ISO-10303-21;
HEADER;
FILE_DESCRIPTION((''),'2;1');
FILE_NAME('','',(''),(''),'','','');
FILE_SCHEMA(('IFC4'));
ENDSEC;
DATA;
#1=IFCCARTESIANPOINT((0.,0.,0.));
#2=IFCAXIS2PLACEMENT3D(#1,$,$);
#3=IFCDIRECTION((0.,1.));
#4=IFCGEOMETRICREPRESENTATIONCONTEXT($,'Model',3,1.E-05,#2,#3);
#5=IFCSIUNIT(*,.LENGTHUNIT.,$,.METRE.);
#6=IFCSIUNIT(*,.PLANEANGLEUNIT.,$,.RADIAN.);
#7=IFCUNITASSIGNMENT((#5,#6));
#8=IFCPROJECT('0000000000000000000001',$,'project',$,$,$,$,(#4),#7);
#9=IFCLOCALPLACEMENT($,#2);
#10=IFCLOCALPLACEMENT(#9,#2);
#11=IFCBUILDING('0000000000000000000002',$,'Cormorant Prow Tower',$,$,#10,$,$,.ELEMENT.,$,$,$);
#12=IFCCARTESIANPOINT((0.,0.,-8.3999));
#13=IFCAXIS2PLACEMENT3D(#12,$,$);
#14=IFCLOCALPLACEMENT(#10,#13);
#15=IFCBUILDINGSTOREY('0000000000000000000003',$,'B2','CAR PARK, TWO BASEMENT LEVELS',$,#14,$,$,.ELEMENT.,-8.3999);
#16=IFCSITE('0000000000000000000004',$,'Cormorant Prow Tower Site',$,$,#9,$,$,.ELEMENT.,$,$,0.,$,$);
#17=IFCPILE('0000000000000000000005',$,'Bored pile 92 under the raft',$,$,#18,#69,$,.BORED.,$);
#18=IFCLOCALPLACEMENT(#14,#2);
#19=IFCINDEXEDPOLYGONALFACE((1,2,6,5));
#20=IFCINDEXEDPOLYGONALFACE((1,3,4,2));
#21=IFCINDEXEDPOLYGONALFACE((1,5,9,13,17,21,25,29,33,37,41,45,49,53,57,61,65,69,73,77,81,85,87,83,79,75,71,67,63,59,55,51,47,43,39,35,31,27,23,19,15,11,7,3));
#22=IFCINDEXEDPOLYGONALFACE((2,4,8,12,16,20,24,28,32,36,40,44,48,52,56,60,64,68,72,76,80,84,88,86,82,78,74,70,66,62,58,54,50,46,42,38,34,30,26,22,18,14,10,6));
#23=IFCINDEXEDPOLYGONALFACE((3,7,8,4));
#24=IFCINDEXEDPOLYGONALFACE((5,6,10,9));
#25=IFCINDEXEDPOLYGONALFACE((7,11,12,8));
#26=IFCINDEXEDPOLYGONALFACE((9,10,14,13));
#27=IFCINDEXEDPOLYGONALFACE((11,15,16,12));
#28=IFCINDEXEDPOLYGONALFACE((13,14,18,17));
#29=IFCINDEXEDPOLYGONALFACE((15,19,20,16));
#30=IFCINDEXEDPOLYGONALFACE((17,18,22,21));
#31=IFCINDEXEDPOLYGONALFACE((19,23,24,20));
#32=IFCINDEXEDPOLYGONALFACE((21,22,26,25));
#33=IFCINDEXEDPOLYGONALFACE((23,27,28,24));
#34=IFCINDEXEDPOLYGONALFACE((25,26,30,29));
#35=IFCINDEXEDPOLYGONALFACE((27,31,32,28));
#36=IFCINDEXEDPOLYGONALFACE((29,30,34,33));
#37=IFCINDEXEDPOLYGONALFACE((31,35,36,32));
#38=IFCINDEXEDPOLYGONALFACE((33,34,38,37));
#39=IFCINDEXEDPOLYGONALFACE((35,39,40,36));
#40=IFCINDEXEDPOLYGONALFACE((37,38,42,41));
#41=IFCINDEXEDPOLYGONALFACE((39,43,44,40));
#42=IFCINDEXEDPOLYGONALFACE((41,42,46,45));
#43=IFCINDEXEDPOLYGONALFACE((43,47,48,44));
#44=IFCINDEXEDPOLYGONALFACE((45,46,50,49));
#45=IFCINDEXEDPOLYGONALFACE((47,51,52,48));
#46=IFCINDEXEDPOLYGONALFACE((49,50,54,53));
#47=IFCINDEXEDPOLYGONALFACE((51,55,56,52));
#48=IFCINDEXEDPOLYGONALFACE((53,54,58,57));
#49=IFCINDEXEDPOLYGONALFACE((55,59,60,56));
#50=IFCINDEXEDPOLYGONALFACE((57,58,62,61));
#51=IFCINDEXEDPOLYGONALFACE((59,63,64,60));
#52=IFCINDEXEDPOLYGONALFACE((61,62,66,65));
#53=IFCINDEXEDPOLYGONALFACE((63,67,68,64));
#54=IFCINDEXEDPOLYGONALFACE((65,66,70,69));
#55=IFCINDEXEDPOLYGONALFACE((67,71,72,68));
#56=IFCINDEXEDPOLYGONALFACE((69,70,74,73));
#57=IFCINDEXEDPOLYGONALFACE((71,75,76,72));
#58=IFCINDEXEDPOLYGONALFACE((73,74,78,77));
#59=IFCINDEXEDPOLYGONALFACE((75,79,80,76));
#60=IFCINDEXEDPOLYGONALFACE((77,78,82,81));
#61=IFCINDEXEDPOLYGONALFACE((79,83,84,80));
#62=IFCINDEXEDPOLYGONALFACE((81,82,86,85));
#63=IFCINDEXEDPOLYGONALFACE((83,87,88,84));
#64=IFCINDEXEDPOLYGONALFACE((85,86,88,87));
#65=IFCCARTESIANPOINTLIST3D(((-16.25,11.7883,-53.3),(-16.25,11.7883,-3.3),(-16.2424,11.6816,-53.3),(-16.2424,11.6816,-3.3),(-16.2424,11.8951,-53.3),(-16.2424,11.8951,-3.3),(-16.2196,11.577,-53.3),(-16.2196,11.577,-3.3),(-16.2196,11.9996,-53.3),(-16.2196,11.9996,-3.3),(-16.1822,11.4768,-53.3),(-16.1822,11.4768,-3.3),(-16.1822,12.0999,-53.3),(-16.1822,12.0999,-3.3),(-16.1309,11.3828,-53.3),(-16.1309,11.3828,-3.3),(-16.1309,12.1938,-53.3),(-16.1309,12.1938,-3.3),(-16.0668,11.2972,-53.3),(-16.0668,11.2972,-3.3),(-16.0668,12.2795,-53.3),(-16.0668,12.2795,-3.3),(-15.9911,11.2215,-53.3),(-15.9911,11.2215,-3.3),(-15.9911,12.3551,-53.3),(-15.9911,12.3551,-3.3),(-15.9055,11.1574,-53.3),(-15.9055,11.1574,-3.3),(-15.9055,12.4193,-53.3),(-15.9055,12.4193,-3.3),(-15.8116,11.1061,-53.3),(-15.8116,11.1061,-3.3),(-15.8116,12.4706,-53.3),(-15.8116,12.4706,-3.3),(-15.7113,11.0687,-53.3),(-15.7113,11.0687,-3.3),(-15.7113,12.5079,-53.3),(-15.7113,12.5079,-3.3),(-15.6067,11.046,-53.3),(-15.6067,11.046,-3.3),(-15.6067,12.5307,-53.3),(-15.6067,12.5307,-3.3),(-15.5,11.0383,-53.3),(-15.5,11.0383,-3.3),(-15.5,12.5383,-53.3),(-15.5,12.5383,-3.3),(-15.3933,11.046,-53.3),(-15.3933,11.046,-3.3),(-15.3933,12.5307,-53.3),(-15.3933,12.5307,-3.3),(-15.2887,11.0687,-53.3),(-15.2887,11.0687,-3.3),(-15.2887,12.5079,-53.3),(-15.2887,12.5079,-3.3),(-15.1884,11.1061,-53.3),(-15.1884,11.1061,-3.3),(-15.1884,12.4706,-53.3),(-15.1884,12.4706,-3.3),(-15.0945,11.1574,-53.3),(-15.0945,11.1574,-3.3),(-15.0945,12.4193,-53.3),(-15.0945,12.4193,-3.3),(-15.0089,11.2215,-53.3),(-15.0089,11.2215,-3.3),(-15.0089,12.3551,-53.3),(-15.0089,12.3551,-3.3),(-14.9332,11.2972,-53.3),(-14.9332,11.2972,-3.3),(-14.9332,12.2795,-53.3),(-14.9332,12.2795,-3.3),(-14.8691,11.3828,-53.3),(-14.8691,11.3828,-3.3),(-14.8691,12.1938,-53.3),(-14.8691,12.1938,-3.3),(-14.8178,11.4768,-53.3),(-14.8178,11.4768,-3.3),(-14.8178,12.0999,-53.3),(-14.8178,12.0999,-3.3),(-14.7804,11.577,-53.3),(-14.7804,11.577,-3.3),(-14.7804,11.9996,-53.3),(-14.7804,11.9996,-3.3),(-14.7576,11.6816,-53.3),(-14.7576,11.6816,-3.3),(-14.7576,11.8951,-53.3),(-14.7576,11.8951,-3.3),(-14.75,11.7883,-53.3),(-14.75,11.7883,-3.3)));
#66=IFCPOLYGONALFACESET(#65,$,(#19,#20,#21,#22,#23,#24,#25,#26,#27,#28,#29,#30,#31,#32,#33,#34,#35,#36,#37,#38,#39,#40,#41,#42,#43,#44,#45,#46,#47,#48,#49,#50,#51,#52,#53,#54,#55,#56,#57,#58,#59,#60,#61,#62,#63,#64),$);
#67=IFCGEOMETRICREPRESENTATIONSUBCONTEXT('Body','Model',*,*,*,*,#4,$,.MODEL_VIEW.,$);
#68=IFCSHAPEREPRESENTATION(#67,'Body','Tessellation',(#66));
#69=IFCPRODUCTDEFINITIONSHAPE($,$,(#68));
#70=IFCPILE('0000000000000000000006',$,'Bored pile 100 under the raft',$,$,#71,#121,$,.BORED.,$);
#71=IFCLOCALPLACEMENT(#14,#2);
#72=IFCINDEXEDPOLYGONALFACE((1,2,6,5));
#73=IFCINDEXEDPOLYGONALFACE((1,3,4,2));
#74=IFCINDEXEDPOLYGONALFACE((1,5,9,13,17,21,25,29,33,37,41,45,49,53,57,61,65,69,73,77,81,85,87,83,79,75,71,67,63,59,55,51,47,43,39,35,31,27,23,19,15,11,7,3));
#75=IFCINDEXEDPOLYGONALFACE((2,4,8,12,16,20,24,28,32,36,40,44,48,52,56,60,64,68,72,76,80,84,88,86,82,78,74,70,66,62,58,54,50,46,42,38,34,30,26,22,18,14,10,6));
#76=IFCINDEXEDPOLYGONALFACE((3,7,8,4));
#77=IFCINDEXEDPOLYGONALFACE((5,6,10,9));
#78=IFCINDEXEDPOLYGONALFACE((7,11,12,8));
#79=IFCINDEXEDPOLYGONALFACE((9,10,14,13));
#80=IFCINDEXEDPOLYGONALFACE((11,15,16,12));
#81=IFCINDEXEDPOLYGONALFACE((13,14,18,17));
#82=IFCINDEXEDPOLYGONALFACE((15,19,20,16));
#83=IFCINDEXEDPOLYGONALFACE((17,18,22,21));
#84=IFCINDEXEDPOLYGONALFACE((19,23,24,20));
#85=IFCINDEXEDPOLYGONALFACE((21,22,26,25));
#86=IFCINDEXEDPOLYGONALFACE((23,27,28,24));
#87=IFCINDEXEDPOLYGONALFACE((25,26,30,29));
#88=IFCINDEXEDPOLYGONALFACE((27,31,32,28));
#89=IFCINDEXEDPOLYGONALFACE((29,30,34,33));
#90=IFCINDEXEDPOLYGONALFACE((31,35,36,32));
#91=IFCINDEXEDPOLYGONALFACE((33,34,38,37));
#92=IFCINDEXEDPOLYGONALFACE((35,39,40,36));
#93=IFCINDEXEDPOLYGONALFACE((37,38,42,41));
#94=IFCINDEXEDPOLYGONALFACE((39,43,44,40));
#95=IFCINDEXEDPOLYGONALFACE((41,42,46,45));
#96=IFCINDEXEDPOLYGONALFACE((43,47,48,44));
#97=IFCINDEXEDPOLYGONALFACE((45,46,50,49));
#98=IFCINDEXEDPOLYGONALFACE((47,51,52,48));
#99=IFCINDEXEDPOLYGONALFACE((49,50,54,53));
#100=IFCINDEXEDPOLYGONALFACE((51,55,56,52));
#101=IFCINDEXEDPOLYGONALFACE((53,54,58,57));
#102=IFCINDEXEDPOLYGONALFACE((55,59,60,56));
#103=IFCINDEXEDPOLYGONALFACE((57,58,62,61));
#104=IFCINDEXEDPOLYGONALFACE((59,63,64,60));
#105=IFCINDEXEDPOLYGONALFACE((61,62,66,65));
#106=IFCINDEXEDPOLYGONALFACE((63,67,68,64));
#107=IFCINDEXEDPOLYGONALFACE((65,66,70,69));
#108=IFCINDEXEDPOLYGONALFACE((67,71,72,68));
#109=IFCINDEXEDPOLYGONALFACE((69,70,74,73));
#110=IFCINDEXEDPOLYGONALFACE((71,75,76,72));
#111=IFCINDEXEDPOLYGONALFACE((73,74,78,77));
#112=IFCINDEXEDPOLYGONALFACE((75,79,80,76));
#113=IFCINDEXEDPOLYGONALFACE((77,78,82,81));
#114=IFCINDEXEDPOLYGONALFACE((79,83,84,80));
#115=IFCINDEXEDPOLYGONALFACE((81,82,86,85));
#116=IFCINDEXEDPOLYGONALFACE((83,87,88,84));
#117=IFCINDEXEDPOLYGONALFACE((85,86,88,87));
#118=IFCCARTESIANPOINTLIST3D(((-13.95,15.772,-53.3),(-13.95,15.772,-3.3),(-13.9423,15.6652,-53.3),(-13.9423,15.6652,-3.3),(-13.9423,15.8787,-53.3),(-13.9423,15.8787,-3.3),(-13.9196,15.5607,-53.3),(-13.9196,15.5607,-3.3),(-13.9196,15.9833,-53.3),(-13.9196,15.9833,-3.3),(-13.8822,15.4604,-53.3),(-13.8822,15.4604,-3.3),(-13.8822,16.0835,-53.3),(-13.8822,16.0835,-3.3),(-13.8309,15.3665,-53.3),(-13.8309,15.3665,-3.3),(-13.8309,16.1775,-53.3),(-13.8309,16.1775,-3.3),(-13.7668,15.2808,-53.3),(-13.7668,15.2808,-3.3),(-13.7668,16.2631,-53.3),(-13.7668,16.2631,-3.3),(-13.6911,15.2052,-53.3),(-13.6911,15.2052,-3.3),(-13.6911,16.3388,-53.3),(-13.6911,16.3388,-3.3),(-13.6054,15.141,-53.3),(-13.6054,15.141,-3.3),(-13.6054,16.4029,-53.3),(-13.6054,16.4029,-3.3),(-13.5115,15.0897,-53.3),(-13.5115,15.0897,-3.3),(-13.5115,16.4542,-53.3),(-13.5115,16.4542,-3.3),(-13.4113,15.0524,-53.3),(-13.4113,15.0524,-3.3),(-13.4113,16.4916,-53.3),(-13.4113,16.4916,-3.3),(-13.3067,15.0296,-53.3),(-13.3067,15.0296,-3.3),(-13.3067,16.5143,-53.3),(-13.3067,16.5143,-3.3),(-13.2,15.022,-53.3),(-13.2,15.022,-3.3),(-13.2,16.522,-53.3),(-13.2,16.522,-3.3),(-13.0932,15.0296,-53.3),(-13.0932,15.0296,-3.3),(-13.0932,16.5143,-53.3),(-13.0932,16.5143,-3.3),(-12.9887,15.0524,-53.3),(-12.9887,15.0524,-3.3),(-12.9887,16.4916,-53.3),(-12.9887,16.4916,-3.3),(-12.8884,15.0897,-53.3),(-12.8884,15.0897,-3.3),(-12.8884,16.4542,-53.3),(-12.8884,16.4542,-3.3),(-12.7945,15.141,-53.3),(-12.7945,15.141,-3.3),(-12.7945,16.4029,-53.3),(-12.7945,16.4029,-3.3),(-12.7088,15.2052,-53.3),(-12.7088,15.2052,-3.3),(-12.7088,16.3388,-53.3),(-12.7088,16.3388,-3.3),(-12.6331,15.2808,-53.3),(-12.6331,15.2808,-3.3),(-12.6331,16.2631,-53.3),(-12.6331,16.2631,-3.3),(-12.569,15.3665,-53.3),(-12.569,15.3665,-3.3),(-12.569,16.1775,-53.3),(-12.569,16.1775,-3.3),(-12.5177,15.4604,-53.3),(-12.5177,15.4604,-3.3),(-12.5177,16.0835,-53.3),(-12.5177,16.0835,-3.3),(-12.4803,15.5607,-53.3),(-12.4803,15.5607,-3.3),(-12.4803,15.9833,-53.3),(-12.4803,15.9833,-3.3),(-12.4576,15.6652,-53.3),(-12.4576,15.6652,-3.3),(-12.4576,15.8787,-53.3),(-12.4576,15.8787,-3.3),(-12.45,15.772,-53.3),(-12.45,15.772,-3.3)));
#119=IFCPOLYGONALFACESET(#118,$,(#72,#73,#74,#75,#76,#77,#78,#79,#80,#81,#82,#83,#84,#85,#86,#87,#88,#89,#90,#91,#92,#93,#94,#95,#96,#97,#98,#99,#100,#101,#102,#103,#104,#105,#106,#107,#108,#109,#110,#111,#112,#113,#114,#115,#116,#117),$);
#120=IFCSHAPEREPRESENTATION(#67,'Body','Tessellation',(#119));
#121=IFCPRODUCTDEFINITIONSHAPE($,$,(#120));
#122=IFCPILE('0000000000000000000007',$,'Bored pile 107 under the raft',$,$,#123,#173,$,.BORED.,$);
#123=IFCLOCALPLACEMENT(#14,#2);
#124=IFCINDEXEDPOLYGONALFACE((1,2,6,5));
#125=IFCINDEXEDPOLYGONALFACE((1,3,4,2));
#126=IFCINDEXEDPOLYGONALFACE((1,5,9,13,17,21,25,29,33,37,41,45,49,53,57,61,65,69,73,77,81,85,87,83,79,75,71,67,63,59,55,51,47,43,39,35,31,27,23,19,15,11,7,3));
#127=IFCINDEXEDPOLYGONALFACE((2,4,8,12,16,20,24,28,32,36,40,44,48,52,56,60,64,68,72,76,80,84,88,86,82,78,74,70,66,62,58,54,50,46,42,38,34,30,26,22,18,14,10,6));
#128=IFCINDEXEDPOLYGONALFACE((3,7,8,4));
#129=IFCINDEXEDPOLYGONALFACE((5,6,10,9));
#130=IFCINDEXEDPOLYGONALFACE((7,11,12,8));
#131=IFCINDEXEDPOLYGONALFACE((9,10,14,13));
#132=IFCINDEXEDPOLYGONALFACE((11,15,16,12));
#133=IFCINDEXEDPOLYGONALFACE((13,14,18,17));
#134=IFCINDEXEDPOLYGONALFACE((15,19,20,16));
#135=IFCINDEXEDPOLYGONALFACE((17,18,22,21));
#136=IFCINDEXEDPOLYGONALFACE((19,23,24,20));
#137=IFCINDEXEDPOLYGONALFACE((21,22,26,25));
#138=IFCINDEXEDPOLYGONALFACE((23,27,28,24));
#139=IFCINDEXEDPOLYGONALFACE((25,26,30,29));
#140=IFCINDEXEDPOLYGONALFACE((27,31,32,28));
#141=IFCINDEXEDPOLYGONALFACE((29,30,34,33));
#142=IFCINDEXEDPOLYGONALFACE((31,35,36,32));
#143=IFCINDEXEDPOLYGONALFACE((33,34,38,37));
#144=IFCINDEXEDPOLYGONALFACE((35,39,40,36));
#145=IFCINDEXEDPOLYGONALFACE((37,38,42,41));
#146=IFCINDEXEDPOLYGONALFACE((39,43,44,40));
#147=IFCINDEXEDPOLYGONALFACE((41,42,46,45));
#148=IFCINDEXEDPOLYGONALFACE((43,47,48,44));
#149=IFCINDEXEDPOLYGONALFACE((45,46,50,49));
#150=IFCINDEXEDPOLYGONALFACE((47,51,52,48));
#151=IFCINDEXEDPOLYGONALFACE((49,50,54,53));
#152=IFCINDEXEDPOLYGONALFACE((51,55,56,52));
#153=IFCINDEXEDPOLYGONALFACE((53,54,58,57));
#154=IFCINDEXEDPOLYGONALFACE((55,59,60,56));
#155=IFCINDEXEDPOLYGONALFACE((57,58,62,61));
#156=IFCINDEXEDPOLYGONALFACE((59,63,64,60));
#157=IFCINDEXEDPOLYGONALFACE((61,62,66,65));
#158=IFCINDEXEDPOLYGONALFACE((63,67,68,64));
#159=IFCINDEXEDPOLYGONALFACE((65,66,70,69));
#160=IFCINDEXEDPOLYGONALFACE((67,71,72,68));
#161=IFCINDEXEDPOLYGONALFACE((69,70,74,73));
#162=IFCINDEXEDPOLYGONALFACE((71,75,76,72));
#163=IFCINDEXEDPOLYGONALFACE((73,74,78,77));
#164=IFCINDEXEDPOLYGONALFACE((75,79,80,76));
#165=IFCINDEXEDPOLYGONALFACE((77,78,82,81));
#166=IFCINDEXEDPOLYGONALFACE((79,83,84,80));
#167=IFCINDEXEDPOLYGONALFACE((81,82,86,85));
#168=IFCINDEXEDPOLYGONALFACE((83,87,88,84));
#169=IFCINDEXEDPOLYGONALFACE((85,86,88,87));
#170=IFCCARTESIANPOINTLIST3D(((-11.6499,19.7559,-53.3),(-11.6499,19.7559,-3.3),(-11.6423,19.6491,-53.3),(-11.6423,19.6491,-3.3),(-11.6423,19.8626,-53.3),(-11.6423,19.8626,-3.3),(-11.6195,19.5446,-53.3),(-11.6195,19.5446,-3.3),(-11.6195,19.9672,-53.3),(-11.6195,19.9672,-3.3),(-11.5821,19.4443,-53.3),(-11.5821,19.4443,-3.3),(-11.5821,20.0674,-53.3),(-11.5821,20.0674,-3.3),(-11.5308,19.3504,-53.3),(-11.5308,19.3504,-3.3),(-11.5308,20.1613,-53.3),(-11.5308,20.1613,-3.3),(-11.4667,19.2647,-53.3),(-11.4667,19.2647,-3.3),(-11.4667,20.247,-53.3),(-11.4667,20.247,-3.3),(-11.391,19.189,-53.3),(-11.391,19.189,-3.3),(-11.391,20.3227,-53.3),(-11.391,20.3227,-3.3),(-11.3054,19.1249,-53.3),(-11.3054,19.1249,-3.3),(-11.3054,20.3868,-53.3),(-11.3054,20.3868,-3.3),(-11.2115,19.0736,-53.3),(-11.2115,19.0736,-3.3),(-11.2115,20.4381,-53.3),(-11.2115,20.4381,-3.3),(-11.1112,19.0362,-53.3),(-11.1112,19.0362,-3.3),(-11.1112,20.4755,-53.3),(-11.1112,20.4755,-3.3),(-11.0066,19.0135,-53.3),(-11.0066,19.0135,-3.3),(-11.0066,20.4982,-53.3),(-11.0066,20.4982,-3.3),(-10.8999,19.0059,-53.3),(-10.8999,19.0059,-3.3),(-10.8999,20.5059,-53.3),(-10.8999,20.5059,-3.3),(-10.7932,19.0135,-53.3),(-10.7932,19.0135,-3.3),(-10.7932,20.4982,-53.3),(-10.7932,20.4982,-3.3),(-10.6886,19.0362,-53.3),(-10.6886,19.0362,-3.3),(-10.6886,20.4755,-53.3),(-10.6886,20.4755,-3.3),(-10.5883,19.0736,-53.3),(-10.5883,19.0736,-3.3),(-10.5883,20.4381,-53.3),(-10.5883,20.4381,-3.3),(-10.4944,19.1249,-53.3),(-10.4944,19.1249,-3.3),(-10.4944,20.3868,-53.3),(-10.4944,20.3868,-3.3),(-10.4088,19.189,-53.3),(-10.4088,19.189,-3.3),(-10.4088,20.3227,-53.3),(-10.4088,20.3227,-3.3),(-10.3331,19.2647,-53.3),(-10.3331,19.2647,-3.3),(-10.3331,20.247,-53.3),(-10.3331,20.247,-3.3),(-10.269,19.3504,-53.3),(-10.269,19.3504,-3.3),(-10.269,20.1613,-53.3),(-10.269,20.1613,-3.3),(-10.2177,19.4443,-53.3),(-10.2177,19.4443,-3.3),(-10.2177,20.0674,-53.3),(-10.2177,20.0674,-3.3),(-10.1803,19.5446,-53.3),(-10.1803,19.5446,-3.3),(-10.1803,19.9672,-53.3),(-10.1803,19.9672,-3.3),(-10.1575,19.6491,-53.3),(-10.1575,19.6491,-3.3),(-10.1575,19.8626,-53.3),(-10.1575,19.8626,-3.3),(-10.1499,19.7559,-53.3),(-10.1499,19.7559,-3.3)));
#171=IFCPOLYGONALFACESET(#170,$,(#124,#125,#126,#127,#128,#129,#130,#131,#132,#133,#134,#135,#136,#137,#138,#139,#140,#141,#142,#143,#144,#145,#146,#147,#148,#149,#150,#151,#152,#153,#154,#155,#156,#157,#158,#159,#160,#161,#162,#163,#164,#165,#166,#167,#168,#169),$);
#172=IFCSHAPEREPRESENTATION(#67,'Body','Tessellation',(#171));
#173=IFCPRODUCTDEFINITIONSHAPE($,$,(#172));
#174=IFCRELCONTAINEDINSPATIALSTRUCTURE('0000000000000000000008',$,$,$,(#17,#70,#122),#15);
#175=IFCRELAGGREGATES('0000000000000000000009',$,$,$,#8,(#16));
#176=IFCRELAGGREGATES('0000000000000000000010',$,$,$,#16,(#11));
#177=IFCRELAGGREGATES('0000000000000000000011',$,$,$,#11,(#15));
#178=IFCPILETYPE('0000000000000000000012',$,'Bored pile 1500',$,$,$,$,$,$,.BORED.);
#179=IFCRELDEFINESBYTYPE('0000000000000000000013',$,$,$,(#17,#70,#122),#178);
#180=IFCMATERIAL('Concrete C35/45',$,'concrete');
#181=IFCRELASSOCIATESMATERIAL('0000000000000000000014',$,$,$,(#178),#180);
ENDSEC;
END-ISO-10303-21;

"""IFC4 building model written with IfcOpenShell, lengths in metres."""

from ifc_helpers import new_model, si_unit, direction, frame, origin, origin_2d, place, context, subcontext, project, spatial, circle, extrude, material, material_profile, profile_set, type_object, element, save


model = new_model("IFC4")

# Units and contexts
model_context = context("Model", 3, precision=1e-05, world=origin(), true_north=direction((0.0, 1.0)))
body_context = subcontext(model_context, "Body", "Model", "MODEL_VIEW")
ifc_project = project(units=[si_unit("LENGTHUNIT", "METRE"), si_unit("PLANEANGLEUNIT", "RADIAN")], contexts=[model_context])

# Site, building, storey
site_placement = place(None, origin())
site = spatial("IfcSite", under=ifc_project, at=site_placement, Name="Cormorant Prow Tower Site", CompositionType="ELEMENT", RefElevation=0.0)
building_placement = place(site_placement, origin())
building = spatial("IfcBuilding", under=site, at=building_placement, Name="Cormorant Prow Tower", CompositionType="ELEMENT")
storey_placement = place(building_placement, frame((0.0, 0.0, -8.3999)))
storey = spatial("IfcBuildingStorey", under=building, at=storey_placement, Name="B2", Description="CAR PARK, TWO BASEMENT LEVELS", CompositionType="ELEMENT", Elevation=-8.3999)

# Piles
ifc_material_1 = material(Name="Concrete C35/45", Category="concrete")
ifc_material_profile_1 = material_profile(ifc_material_1, circle(Radius=0.75, at=origin_2d()), Name="Round 1500")
ifc_profile_set_1 = profile_set([ifc_material_profile_1], Name="Concrete C35/45")
pile_type_1 = type_object("IfcPileType", Name="Bored pile 1500", PredefinedType="BORED", material=ifc_profile_set_1)
for number, where, z_axis, x_axis, name in (
    (1, (-15.5, 11.7883, -3.3), (0.0, 0.0, -1.0), (1.0, 0.0, 0.0), "Bored pile 92 under the raft"),
    (2, (-13.2, 15.772, -3.3), (0.0, 0.0, -1.0), (1.0, 0.0, 0.0), "Bored pile 100 under the raft"),
    (3, (-10.8999, 19.7559, -3.3), (0.0, 0.0, -1.0), (1.0, 0.0, 0.0), "Bored pile 107 under the raft"),
):
    element("IfcPile", number, at=place(storey_placement, frame(where, z_axis=z_axis, x_axis=x_axis)), inside=storey, type_object=pile_type_1, Name=name, PredefinedType="BORED", context=body_context, shape_type="SweptSolid", body=[
        extrude(circle(Radius=0.75, at=origin_2d()), origin(), (0.0, 0.0, 1.0), 50.0),
    ])

save(model, "model.ifc")
